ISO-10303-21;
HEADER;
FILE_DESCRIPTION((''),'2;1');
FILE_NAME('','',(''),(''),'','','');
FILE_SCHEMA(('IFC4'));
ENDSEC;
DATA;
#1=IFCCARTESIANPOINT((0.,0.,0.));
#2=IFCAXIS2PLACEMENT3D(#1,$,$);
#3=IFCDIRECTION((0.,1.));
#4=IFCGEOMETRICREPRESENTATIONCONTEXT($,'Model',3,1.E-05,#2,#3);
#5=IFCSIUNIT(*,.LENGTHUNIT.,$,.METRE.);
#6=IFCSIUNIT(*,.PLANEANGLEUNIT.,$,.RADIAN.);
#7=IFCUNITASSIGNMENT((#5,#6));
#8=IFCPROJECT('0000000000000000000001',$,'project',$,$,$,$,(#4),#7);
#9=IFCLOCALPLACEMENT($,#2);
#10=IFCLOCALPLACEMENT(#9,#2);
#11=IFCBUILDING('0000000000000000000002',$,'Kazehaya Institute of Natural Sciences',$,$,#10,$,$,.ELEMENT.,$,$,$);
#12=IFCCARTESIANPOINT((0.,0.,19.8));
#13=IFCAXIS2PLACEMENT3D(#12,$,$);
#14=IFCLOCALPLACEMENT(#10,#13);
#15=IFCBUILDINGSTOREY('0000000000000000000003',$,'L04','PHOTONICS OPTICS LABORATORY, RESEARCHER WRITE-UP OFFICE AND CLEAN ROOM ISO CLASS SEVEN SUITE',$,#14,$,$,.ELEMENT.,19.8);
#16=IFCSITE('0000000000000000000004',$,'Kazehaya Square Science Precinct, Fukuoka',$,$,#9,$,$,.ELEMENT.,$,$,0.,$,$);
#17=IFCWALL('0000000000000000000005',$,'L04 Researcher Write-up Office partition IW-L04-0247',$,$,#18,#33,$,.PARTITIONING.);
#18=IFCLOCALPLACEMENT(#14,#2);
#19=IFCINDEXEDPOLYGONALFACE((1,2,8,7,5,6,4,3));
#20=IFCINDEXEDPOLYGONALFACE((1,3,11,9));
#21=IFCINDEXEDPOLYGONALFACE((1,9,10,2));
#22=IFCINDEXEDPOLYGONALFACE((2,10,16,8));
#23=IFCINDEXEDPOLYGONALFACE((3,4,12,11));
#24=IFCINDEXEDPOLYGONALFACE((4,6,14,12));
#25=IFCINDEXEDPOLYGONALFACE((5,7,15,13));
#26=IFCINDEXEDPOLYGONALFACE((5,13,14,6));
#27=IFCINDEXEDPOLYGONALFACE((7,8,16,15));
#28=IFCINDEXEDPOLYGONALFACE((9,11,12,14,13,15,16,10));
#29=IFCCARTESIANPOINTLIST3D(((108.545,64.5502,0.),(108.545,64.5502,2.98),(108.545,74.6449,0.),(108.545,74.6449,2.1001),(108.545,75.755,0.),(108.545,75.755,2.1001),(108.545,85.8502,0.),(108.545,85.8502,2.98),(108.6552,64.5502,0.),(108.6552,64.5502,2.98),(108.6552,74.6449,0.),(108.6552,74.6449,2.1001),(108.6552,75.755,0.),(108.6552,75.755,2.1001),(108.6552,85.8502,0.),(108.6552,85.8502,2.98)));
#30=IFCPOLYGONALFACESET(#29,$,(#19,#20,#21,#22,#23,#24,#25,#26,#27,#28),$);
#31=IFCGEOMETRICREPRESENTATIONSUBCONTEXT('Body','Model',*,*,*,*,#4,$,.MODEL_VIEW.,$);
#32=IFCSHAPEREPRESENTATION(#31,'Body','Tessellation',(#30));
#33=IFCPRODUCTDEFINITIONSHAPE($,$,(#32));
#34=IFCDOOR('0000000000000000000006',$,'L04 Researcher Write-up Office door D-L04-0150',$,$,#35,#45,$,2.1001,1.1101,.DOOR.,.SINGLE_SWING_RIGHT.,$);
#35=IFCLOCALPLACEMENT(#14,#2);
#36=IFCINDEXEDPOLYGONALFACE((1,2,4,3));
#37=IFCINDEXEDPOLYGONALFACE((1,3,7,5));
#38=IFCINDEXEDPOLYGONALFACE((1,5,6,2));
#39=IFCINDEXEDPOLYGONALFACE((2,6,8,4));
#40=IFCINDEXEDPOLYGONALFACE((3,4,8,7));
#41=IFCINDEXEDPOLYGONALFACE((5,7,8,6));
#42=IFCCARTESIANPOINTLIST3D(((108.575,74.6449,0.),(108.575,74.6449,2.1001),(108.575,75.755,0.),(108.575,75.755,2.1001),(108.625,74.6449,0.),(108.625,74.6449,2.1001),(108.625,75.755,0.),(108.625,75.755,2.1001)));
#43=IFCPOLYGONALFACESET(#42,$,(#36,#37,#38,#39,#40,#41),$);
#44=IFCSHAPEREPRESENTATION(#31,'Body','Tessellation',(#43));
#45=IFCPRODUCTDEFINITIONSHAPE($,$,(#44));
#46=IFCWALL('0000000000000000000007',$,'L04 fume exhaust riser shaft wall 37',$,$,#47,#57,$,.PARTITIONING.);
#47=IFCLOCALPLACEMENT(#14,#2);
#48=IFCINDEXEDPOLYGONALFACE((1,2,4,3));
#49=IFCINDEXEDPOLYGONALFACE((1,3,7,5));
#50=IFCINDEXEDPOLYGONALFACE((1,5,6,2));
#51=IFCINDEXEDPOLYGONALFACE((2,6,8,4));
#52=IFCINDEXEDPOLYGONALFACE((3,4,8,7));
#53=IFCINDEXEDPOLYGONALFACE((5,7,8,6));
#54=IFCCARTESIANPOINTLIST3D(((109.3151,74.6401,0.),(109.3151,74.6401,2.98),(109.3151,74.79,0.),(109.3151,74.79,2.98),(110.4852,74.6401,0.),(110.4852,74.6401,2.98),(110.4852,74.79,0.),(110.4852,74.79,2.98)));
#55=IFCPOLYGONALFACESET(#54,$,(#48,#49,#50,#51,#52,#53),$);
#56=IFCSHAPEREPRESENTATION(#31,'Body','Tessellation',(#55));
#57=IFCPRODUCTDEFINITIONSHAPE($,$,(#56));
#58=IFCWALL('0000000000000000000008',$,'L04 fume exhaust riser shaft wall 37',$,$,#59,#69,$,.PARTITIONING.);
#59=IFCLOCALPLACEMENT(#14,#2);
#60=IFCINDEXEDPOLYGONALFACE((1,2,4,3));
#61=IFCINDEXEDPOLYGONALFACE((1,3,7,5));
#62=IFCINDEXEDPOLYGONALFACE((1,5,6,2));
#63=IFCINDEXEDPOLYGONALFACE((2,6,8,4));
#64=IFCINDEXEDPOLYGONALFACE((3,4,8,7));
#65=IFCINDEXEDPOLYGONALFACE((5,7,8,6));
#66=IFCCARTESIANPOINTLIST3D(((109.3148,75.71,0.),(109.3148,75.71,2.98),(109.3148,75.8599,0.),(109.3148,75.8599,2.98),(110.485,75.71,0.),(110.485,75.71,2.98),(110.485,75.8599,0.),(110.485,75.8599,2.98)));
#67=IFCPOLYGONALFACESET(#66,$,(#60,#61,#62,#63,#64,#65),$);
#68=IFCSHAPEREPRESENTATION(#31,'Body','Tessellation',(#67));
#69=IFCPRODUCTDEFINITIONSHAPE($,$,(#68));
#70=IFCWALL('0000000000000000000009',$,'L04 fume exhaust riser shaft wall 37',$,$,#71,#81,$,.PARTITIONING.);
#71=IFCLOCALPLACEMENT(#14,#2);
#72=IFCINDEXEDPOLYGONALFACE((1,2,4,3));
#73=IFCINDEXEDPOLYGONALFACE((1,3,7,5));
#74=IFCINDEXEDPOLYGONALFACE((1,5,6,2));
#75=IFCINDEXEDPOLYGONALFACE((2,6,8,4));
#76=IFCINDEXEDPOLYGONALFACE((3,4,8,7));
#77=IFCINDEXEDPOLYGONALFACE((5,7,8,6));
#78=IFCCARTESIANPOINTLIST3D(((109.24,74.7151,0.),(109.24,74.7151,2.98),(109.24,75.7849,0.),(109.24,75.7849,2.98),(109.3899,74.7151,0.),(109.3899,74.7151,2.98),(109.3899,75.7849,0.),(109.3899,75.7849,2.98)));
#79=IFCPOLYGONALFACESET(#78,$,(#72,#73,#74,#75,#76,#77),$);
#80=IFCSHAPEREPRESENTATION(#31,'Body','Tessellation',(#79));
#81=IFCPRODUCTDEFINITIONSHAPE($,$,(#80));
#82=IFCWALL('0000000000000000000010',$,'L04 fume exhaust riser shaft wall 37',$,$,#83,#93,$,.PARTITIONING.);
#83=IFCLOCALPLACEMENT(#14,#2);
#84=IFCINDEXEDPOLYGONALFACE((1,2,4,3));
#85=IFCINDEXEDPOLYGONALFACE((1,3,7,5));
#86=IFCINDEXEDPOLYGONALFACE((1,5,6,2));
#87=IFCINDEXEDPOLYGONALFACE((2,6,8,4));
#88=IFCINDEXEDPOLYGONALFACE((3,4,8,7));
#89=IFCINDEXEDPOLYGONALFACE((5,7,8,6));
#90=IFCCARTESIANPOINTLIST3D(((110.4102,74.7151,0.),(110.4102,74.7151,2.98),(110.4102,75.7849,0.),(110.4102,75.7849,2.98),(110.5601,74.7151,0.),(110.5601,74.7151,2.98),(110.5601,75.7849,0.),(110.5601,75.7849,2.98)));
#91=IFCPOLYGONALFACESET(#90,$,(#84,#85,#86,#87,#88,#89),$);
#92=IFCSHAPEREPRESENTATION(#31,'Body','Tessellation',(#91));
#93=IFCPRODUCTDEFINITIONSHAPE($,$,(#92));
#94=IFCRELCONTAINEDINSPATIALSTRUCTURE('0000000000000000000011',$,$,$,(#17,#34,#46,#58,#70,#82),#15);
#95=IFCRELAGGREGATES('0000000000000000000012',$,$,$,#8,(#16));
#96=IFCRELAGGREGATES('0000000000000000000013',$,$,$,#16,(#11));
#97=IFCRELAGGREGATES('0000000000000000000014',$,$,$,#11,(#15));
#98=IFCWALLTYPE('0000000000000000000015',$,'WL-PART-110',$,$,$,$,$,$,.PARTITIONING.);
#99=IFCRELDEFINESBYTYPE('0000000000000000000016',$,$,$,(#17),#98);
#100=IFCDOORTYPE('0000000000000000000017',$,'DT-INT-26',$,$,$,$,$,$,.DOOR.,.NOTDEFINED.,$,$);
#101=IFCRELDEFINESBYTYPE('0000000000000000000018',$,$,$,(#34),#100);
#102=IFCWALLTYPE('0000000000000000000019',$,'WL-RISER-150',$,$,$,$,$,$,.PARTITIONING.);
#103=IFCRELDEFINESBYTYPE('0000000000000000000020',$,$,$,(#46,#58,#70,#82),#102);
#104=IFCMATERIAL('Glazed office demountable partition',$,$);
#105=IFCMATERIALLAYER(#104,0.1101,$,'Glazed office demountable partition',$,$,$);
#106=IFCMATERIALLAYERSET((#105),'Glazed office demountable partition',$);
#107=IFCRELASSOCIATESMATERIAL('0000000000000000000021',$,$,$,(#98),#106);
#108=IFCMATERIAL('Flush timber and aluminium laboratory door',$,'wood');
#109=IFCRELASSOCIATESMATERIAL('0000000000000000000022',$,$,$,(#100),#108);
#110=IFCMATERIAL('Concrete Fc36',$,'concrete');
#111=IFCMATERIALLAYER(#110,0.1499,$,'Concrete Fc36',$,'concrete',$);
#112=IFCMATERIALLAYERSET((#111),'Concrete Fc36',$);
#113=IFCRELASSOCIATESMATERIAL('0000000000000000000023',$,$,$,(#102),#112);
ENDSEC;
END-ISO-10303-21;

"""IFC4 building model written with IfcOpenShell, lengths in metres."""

from ifc_helpers import new_model, si_unit, direction, frame, frame_2d, origin, place, context, subcontext, project, spatial, rectangle, extrude, material, layer, layer_set, type_object, element, fill, save


model = new_model("IFC4")

# Units and contexts
model_context = context("Model", 3, precision=1e-05, world=origin(), true_north=direction((0.0, 1.0)))
body_context = subcontext(model_context, "Body", "Model", "MODEL_VIEW")
ifc_project = project(units=[si_unit("LENGTHUNIT", "METRE"), si_unit("PLANEANGLEUNIT", "RADIAN")], contexts=[model_context])

# Site, building, storey
site_placement = place(None, origin())
site = spatial("IfcSite", under=ifc_project, at=site_placement, Name="Kazehaya Square Science Precinct, Fukuoka", CompositionType="ELEMENT", RefElevation=0.0)
building_placement = place(site_placement, origin())
building = spatial("IfcBuilding", under=site, at=building_placement, Name="Kazehaya Institute of Natural Sciences", CompositionType="ELEMENT")
storey_placement = place(building_placement, frame((0.0, 0.0, 19.8)))
storey = spatial("IfcBuildingStorey", under=building, at=storey_placement, Name="L04", Description="PHOTONICS OPTICS LABORATORY, RESEARCHER WRITE-UP OFFICE AND CLEAN ROOM ISO CLASS SEVEN SUITE", CompositionType="ELEMENT", Elevation=19.8)

# Shared definitions
ifc_material_1 = material(Name="Concrete Fc36", Category="concrete")

# Wall, opening, door
ifc_material_2 = material(Name="Glazed office demountable partition")
ifc_layer_1 = layer(ifc_material_2, 0.1101, Name="Glazed office demountable partition")
ifc_layer_set_1 = layer_set([ifc_layer_1], Name="Glazed office demountable partition")
wall_type_1 = type_object("IfcWallType", Name="WL-PART-110", PredefinedType="PARTITIONING", material=ifc_layer_set_1)
wall_1_placement = place(storey_placement, frame((108.6001, 85.8501, 0.0), z_axis=(0.0, 0.0, 1.0), x_axis=(0.0, -1.0, 0.0)))
wall_1 = element("IfcWall", 1, at=wall_1_placement, inside=storey, type_object=wall_type_1, Name="L04 Researcher Write-up Office partition IW-L04-0247", PredefinedType="PARTITIONING", context=body_context, shape_type="SweptSolid", body=[
    extrude(rectangle(XDim=21.3, YDim=0.1101, at=frame_2d((10.6499, 0.0))), origin(), (0.0, 0.0, 1.0), 2.98),
])
opening_1_placement = place(wall_1_placement, frame((10.095, 0.0, 0.0)))
opening_1 = element("IfcOpeningElement", 2, at=opening_1_placement, cuts=wall_1, PredefinedType="OPENING", context=body_context, shape_type="SweptSolid", body=[
    extrude(rectangle(XDim=1.1101, YDim=2.1001, at=frame_2d((0.5552, 1.05))), frame((0.0, 0.0649, 0.0), z_axis=(0.0, -1.0, 0.0), x_axis=(1.0, 0.0, 0.0)), (0.0, 0.0, 1.0), 0.1301),
])
ifc_material_3 = material(Name="Flush timber and aluminium laboratory door", Category="wood")
door_type = type_object("IfcDoorType", Name="DT-INT-26", OperationType="NOTDEFINED", PredefinedType="DOOR", material=ifc_material_3)
door_placement = place(opening_1_placement, origin())
door = element("IfcDoor", 3, at=door_placement, inside=storey, type_object=door_type, Name="L04 Researcher Write-up Office door D-L04-0150", OperationType="SINGLE_SWING_RIGHT", OverallHeight=2.1001, OverallWidth=1.1101, PredefinedType="DOOR", context=body_context, shape_type="SweptSolid", body=[
    extrude(rectangle(XDim=1.1101, YDim=2.1001, at=frame_2d((0.5552, 1.05))), frame((0.0, 0.0249, 0.0), z_axis=(0.0, -1.0, 0.0), x_axis=(1.0, 0.0, 0.0)), (0.0, 0.0, 1.0), 0.05),
])
fill(opening_1, door)

# Walls
ifc_layer_2 = layer(ifc_material_1, 0.1499, Name="Concrete Fc36", Category="concrete")
ifc_layer_set_2 = layer_set([ifc_layer_2], Name="Concrete Fc36")
wall_type_2 = type_object("IfcWallType", Name="WL-RISER-150", PredefinedType="PARTITIONING", material=ifc_layer_set_2)
for number, where, z_axis, x_axis, name in (
    (4, (110.4851, 74.7151, 0.0), (0.0, 0.0, 1.0), (-1.0, 0.0, 0.0), "L04 fume exhaust riser shaft wall 37"),
    (5, (109.3149, 75.7849, 0.0), (0.0, 0.0, 1.0), (1.0, 0.0, 0.0), "L04 fume exhaust riser shaft wall 37"),
):
    element("IfcWall", number, at=place(storey_placement, frame(where, z_axis=z_axis, x_axis=x_axis)), inside=storey, type_object=wall_type_2, Name=name, PredefinedType="PARTITIONING", context=body_context, shape_type="SweptSolid", body=[
        extrude(rectangle(XDim=1.1702, YDim=0.1499, at=frame_2d((0.585, 0.0))), origin(), (0.0, 0.0, 1.0), 2.98),
    ])
for number, where, z_axis, x_axis, name in (
    (6, (109.3149, 74.7151, 0.0), (0.0, 0.0, 1.0), (0.0, 1.0, 0.0), "L04 fume exhaust riser shaft wall 37"),
    (7, (110.4851, 75.7849, 0.0), (0.0, 0.0, 1.0), (0.0, -1.0, 0.0), "L04 fume exhaust riser shaft wall 37"),
):
    element("IfcWall", number, at=place(storey_placement, frame(where, z_axis=z_axis, x_axis=x_axis)), inside=storey, type_object=wall_type_2, Name=name, PredefinedType="PARTITIONING", context=body_context, shape_type="SweptSolid", body=[
        extrude(rectangle(XDim=1.0698, YDim=0.1499, at=frame_2d((0.5349, 0.0))), origin(), (0.0, 0.0, 1.0), 2.98),
    ])

save(model, "model.ifc")
